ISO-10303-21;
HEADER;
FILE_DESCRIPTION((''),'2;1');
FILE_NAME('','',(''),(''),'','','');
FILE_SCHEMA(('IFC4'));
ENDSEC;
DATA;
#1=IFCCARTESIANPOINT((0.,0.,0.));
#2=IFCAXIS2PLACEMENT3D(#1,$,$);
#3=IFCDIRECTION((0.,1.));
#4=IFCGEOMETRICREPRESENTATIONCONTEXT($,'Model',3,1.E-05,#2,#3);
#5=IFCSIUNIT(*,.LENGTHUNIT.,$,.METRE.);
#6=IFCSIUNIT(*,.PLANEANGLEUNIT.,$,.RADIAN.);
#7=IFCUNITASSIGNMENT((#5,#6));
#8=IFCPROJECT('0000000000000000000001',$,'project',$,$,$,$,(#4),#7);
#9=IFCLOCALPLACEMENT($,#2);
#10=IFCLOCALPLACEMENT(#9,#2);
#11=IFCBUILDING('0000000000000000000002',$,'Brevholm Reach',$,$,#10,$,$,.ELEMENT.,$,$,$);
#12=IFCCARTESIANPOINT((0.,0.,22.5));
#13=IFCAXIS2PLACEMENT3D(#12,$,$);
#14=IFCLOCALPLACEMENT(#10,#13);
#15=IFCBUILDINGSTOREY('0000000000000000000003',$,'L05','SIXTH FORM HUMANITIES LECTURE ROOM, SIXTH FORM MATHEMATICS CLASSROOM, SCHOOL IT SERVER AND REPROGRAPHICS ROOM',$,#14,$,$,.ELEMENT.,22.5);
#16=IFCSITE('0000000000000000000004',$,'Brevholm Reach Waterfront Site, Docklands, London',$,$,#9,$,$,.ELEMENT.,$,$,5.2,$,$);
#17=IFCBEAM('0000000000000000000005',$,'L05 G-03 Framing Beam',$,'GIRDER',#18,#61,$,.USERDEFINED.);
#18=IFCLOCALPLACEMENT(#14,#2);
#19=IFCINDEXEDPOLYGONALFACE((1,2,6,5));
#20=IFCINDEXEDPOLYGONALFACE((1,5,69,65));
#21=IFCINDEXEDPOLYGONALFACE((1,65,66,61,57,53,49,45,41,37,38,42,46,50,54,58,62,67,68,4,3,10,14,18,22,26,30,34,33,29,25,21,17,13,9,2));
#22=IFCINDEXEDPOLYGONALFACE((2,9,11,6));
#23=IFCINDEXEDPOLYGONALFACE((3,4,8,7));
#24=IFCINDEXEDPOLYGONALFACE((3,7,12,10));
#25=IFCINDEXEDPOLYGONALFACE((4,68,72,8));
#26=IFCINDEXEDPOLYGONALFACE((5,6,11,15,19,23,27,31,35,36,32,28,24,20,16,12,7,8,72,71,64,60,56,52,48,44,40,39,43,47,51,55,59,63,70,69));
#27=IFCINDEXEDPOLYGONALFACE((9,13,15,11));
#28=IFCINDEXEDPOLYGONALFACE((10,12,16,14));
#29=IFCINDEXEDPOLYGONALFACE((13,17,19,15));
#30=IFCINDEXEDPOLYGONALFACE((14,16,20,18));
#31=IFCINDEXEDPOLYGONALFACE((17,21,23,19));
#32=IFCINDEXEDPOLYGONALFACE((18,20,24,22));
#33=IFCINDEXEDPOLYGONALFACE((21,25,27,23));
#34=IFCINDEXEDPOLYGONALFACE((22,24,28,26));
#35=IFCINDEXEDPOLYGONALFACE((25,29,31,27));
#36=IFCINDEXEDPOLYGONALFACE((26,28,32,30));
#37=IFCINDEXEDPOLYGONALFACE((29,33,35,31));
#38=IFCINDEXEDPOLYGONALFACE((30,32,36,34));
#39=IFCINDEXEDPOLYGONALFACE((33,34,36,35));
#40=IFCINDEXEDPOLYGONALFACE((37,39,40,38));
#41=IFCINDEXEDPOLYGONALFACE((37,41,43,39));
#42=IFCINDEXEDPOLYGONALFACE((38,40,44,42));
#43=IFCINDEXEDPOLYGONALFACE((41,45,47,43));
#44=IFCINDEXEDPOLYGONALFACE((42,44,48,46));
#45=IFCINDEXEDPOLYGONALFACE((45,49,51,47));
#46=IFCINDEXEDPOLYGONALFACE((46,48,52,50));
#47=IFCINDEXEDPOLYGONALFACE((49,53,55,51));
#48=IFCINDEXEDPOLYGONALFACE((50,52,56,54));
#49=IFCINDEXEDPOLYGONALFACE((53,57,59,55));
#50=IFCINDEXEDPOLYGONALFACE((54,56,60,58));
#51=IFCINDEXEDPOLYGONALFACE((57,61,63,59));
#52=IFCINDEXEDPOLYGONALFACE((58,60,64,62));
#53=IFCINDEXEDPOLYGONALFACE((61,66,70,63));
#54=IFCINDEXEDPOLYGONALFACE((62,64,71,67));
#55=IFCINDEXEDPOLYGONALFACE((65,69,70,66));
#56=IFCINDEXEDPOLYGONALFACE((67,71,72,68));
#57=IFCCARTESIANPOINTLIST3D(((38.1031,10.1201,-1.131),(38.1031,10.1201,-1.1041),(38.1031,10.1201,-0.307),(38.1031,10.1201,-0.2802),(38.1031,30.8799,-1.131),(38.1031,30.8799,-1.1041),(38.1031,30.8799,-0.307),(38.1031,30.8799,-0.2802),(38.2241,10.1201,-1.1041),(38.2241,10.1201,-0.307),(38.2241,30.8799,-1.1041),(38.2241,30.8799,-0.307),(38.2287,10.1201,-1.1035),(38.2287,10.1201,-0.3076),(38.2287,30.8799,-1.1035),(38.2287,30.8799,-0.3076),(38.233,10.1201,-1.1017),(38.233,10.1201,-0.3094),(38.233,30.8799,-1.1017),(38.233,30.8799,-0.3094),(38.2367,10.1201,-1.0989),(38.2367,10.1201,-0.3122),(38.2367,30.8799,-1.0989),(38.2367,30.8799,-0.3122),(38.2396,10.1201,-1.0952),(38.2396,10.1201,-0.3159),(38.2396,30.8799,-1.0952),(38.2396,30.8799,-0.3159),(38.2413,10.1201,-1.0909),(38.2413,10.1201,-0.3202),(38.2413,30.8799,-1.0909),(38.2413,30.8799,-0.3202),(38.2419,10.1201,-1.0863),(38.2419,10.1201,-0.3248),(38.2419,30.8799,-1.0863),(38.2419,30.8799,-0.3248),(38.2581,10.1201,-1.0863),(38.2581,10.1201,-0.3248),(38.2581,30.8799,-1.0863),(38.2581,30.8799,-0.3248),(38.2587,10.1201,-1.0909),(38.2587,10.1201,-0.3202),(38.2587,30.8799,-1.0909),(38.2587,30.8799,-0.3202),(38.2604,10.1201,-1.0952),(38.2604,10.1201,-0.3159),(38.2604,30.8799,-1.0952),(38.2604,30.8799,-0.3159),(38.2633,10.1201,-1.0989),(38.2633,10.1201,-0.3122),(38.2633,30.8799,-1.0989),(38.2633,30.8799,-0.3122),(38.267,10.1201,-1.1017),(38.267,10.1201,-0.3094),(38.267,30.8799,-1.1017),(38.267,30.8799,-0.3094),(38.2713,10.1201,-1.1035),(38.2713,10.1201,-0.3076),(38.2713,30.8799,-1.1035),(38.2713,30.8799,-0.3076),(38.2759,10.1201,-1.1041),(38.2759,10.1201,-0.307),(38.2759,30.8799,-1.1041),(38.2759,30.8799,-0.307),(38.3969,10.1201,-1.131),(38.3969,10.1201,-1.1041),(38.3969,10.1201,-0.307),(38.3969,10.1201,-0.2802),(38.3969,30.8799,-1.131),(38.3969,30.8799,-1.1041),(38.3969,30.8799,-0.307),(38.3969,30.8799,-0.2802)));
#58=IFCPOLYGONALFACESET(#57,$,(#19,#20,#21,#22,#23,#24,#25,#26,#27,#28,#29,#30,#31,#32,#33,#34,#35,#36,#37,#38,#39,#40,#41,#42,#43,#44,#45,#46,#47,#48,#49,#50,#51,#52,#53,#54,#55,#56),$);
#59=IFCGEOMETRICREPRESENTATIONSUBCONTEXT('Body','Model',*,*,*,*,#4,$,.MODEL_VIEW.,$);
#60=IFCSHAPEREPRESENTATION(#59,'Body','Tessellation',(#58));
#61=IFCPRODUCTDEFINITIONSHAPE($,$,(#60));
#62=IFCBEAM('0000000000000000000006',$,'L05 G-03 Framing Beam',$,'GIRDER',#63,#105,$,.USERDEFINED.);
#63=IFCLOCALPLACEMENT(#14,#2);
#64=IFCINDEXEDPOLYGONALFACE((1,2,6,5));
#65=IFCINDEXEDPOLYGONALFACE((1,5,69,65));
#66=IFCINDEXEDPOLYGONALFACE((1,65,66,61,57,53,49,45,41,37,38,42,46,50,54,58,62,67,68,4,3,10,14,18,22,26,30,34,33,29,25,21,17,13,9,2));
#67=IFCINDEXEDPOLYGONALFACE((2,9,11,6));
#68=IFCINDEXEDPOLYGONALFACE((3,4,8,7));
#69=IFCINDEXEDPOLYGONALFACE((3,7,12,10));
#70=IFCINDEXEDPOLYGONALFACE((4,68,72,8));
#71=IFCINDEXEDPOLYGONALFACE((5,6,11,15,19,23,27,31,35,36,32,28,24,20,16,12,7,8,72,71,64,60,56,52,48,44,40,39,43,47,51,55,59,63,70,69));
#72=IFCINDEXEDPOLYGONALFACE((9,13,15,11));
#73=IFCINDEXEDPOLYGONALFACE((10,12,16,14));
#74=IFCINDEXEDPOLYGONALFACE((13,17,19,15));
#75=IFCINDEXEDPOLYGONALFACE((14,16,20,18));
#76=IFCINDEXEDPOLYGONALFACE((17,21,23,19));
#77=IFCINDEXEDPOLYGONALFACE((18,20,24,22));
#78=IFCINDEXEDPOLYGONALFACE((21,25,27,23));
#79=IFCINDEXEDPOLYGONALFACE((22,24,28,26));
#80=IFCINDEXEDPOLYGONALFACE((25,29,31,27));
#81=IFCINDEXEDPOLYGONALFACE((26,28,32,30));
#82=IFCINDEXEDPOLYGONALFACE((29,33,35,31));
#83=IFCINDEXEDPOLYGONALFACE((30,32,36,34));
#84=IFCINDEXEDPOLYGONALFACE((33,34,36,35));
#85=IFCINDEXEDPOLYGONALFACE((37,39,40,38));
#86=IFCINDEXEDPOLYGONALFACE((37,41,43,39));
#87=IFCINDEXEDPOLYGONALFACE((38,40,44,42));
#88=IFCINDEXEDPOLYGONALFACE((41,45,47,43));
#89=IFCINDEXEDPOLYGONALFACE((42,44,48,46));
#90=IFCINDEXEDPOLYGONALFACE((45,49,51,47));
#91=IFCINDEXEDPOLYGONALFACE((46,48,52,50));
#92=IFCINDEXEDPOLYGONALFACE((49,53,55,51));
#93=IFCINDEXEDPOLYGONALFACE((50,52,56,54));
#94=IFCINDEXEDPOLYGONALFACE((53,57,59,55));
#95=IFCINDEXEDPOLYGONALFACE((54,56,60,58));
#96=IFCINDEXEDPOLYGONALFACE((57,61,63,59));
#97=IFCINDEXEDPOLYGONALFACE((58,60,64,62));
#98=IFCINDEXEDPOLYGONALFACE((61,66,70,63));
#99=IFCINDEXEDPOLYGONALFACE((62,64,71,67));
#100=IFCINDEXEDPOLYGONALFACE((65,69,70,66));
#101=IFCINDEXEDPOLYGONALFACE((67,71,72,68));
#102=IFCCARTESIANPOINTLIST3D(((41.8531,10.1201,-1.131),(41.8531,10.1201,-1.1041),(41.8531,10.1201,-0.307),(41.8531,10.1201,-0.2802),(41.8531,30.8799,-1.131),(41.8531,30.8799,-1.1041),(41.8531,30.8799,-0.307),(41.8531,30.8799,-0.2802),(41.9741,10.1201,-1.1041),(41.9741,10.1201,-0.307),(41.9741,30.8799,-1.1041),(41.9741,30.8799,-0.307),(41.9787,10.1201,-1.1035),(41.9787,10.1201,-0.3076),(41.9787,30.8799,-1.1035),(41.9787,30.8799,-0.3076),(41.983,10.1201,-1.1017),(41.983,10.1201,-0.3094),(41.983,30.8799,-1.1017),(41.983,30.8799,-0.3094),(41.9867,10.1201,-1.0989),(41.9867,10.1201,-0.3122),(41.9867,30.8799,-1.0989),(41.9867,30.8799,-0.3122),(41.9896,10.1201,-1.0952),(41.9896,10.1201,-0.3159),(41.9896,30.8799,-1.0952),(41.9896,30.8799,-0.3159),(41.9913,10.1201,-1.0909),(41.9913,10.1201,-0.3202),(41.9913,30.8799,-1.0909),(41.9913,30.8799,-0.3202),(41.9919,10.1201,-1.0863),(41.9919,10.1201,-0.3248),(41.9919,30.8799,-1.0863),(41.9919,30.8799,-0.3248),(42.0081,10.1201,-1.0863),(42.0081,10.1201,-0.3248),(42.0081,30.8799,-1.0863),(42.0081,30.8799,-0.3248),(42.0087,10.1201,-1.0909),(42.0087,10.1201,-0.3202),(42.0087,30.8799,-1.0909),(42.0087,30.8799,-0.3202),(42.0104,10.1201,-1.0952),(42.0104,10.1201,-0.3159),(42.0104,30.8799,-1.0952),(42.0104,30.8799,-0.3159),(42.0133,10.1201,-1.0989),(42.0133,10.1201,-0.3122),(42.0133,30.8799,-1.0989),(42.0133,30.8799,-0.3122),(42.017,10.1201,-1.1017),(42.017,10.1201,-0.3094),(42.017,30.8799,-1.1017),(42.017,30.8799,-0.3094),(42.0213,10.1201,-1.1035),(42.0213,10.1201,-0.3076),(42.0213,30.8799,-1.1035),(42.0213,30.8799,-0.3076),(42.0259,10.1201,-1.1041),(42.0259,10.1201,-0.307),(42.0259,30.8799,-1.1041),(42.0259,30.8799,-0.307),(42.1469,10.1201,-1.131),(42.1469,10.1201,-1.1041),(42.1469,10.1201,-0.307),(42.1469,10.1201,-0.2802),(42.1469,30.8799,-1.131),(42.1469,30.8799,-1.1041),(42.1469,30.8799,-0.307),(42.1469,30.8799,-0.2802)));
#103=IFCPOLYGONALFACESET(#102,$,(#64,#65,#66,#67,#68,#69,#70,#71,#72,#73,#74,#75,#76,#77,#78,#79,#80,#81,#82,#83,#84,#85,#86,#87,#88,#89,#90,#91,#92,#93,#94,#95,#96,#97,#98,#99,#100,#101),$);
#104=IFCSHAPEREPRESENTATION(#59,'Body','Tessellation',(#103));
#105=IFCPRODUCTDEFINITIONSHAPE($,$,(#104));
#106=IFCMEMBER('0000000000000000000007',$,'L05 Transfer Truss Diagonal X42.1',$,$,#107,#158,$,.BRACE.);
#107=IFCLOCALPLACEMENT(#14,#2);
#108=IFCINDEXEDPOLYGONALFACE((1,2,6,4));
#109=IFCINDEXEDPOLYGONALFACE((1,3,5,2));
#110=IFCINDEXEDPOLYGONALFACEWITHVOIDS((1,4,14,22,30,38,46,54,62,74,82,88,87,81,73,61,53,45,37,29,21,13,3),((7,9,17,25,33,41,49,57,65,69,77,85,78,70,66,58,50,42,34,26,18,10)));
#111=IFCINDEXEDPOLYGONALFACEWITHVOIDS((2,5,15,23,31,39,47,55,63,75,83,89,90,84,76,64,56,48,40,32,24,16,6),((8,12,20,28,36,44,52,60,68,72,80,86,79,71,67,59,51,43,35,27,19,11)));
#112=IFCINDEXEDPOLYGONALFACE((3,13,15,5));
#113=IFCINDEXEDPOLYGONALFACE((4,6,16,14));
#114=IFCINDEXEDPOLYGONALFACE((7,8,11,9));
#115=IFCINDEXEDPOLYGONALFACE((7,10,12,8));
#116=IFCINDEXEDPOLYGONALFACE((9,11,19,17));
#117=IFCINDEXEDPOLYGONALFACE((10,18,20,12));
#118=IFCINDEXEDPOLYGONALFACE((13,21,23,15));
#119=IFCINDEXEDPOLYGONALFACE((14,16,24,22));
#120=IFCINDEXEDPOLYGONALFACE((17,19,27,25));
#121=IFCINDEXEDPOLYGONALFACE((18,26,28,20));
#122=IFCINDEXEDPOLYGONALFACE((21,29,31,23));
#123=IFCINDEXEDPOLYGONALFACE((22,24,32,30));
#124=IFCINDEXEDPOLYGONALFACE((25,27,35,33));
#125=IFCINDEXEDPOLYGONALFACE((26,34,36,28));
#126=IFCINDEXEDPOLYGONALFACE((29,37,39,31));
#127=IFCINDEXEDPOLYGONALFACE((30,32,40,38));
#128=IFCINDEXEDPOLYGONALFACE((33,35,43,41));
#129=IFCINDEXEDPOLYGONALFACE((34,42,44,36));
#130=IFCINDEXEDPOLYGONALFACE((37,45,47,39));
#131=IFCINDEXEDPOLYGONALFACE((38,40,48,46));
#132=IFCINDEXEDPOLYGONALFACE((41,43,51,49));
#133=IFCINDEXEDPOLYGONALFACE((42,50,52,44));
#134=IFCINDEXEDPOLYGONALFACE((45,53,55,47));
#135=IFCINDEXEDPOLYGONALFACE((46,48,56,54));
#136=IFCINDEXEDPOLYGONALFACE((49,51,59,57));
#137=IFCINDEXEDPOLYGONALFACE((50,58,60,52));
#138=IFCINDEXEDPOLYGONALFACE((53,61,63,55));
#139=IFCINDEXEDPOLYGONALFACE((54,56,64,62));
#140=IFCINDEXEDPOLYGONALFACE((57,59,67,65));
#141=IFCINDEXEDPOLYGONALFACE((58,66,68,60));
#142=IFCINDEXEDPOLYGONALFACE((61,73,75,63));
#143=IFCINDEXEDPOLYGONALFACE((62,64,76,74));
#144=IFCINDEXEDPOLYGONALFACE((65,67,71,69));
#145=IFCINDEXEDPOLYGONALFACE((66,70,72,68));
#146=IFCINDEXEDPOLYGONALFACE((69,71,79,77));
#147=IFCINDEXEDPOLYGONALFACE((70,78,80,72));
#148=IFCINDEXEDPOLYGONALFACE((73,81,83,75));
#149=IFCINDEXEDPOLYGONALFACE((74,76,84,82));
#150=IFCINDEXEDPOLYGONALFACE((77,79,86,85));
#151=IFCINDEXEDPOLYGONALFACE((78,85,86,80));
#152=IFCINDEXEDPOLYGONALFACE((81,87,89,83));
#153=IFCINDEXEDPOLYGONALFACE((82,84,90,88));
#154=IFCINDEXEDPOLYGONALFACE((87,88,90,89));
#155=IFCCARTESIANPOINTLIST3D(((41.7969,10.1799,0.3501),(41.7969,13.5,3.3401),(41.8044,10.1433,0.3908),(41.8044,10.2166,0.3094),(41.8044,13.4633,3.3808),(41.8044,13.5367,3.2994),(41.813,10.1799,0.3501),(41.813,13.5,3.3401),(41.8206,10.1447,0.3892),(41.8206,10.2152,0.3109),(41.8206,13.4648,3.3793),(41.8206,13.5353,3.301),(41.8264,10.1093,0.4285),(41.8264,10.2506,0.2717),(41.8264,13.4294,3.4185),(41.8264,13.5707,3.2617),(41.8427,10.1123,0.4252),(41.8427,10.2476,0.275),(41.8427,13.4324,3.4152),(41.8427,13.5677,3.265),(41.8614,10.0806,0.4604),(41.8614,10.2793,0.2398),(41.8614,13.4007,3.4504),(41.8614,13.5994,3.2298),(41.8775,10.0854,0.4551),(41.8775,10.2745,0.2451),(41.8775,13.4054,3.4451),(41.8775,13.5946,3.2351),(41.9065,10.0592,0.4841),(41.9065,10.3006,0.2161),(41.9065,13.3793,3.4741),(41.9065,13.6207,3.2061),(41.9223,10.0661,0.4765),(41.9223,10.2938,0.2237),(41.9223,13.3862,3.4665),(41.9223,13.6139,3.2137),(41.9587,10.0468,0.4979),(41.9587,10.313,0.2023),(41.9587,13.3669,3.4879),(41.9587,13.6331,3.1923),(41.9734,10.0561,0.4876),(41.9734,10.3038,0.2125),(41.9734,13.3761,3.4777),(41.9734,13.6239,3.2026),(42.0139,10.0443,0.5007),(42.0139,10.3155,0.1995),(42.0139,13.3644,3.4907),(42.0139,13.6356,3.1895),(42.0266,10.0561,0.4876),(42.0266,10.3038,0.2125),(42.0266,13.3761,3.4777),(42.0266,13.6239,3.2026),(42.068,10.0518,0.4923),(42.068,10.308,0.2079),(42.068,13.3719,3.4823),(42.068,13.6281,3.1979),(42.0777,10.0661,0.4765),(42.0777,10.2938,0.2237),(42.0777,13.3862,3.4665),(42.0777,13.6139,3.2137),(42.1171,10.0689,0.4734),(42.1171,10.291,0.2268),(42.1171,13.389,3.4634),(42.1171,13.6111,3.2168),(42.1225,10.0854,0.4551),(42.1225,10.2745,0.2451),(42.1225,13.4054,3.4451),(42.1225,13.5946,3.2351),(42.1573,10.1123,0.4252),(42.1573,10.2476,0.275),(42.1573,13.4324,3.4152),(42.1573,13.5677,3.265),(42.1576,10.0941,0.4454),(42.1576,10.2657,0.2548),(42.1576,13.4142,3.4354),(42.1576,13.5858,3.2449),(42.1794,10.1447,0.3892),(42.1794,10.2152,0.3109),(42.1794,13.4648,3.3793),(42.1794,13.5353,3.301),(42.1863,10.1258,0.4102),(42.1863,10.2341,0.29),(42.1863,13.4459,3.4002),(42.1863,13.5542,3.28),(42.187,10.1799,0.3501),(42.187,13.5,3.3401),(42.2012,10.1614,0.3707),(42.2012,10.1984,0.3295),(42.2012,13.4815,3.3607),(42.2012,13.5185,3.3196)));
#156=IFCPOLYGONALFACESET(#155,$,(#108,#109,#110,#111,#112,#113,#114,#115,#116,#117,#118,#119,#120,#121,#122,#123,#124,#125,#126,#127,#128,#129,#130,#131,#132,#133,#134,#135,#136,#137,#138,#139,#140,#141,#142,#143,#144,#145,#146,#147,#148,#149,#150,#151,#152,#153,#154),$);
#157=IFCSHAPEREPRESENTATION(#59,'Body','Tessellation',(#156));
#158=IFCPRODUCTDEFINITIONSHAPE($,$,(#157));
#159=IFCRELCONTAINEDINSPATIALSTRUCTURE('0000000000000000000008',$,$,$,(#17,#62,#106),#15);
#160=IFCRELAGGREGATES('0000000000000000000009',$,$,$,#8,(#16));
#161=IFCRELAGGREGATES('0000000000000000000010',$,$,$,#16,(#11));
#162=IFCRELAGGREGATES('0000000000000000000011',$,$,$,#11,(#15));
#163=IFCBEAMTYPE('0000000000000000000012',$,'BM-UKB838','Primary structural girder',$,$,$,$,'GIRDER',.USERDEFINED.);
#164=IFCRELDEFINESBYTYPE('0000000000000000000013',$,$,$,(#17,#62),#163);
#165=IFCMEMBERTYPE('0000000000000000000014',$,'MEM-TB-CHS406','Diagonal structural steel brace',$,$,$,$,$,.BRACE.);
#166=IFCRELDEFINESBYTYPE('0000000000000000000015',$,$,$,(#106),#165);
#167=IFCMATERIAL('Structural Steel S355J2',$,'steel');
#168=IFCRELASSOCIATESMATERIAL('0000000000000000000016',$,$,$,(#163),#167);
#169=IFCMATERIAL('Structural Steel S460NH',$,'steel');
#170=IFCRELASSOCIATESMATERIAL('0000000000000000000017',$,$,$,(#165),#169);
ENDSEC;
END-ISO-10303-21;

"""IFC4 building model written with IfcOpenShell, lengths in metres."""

from ifc_helpers import new_model, si_unit, direction, frame, origin, origin_2d, place, context, subcontext, project, spatial, hollow_circle, i_section, extrude, material, material_profile, profile_set, type_object, element, save


model = new_model("IFC4")

# Units and contexts
model_context = context("Model", 3, precision=1e-05, world=origin(), true_north=direction((0.0, 1.0)))
body_context = subcontext(model_context, "Body", "Model", "MODEL_VIEW")
ifc_project = project(units=[si_unit("LENGTHUNIT", "METRE"), si_unit("PLANEANGLEUNIT", "RADIAN")], contexts=[model_context])

# Site, building, storey
site_placement = place(None, origin())
site = spatial("IfcSite", under=ifc_project, at=site_placement, Name="Brevholm Reach Waterfront Site, Docklands, London", CompositionType="ELEMENT", RefElevation=5.2)
building_placement = place(site_placement, origin())
building = spatial("IfcBuilding", under=site, at=building_placement, Name="Brevholm Reach", CompositionType="ELEMENT")
storey_placement = place(building_placement, frame((0.0, 0.0, 22.5)))
storey = spatial("IfcBuildingStorey", under=building, at=storey_placement, Name="L05", Description="SIXTH FORM HUMANITIES LECTURE ROOM, SIXTH FORM MATHEMATICS CLASSROOM, SCHOOL IT SERVER AND REPROGRAPHICS ROOM", CompositionType="ELEMENT", Elevation=22.5)

# Beams
ifc_material_1 = material(Name="Structural Steel S355J2", Category="steel")
ifc_material_profile_1 = material_profile(ifc_material_1, i_section(OverallWidth=0.2937, OverallDepth=0.8508, WebThickness=0.0161, FlangeThickness=0.0269, FilletRadius=0.0178, at=origin_2d()), Name="UKB 838x292x226")
ifc_profile_set_1 = profile_set([ifc_material_profile_1], Name="Structural Steel S355J2")
beam_type_1 = type_object("IfcBeamType", Name="BM-UKB838", Description="Primary structural girder", ElementType="GIRDER", PredefinedType="USERDEFINED", material=ifc_profile_set_1)
for number, where, z_axis, x_axis, name in (
    (1, (38.25, 10.1201, -0.7056), (0.0, 1.0, 0.0), (-1.0, 0.0, 0.0), "L05 G-03 Framing Beam"),
    (2, (42.0, 10.1201, -0.7056), (0.0, 1.0, 0.0), (-1.0, 0.0, 0.0), "L05 G-03 Framing Beam"),
):
    element("IfcBeam", number, at=place(storey_placement, frame(where, z_axis=z_axis, x_axis=x_axis)), inside=storey, type_object=beam_type_1, Name=name, ObjectType="GIRDER", PredefinedType="USERDEFINED", context=body_context, shape_type="SweptSolid", body=[
        extrude(i_section(OverallWidth=0.2937, OverallDepth=0.8508, WebThickness=0.0161, FlangeThickness=0.0269, FilletRadius=0.0178, at=origin_2d()), origin(), (0.0, 0.0, 1.0), 20.7598),
    ])

# Member
ifc_material_2 = material(Name="Structural Steel S460NH", Category="steel")
ifc_material_profile_2 = material_profile(ifc_material_2, hollow_circle(Radius=0.2031, WallThickness=0.0161, at=origin_2d()), Name="CHS 406.4x16")
ifc_profile_set_2 = profile_set([ifc_material_profile_2], Name="Structural Steel S460NH")
member_type_1 = type_object("IfcMemberType", Name="MEM-TB-CHS406", Description="Diagonal structural steel brace", PredefinedType="BRACE", material=ifc_profile_set_2)
member_1_placement = place(storey_placement, frame((42.0, 10.1799, 0.3501), z_axis=(0.0, 0.743079, 0.669203), x_axis=(-1.0, 0.0, 0.0)))
element("IfcMember", 3, at=member_1_placement, inside=storey, type_object=member_type_1, Name="L05 Transfer Truss Diagonal X42.1", PredefinedType="BRACE", context=body_context, shape_type="SweptSolid", body=[
    extrude(hollow_circle(Radius=0.2031, WallThickness=0.0161, at=origin_2d()), origin(), (0.0, 0.0, 1.0), 4.468),
])

save(model, "model.ifc")
